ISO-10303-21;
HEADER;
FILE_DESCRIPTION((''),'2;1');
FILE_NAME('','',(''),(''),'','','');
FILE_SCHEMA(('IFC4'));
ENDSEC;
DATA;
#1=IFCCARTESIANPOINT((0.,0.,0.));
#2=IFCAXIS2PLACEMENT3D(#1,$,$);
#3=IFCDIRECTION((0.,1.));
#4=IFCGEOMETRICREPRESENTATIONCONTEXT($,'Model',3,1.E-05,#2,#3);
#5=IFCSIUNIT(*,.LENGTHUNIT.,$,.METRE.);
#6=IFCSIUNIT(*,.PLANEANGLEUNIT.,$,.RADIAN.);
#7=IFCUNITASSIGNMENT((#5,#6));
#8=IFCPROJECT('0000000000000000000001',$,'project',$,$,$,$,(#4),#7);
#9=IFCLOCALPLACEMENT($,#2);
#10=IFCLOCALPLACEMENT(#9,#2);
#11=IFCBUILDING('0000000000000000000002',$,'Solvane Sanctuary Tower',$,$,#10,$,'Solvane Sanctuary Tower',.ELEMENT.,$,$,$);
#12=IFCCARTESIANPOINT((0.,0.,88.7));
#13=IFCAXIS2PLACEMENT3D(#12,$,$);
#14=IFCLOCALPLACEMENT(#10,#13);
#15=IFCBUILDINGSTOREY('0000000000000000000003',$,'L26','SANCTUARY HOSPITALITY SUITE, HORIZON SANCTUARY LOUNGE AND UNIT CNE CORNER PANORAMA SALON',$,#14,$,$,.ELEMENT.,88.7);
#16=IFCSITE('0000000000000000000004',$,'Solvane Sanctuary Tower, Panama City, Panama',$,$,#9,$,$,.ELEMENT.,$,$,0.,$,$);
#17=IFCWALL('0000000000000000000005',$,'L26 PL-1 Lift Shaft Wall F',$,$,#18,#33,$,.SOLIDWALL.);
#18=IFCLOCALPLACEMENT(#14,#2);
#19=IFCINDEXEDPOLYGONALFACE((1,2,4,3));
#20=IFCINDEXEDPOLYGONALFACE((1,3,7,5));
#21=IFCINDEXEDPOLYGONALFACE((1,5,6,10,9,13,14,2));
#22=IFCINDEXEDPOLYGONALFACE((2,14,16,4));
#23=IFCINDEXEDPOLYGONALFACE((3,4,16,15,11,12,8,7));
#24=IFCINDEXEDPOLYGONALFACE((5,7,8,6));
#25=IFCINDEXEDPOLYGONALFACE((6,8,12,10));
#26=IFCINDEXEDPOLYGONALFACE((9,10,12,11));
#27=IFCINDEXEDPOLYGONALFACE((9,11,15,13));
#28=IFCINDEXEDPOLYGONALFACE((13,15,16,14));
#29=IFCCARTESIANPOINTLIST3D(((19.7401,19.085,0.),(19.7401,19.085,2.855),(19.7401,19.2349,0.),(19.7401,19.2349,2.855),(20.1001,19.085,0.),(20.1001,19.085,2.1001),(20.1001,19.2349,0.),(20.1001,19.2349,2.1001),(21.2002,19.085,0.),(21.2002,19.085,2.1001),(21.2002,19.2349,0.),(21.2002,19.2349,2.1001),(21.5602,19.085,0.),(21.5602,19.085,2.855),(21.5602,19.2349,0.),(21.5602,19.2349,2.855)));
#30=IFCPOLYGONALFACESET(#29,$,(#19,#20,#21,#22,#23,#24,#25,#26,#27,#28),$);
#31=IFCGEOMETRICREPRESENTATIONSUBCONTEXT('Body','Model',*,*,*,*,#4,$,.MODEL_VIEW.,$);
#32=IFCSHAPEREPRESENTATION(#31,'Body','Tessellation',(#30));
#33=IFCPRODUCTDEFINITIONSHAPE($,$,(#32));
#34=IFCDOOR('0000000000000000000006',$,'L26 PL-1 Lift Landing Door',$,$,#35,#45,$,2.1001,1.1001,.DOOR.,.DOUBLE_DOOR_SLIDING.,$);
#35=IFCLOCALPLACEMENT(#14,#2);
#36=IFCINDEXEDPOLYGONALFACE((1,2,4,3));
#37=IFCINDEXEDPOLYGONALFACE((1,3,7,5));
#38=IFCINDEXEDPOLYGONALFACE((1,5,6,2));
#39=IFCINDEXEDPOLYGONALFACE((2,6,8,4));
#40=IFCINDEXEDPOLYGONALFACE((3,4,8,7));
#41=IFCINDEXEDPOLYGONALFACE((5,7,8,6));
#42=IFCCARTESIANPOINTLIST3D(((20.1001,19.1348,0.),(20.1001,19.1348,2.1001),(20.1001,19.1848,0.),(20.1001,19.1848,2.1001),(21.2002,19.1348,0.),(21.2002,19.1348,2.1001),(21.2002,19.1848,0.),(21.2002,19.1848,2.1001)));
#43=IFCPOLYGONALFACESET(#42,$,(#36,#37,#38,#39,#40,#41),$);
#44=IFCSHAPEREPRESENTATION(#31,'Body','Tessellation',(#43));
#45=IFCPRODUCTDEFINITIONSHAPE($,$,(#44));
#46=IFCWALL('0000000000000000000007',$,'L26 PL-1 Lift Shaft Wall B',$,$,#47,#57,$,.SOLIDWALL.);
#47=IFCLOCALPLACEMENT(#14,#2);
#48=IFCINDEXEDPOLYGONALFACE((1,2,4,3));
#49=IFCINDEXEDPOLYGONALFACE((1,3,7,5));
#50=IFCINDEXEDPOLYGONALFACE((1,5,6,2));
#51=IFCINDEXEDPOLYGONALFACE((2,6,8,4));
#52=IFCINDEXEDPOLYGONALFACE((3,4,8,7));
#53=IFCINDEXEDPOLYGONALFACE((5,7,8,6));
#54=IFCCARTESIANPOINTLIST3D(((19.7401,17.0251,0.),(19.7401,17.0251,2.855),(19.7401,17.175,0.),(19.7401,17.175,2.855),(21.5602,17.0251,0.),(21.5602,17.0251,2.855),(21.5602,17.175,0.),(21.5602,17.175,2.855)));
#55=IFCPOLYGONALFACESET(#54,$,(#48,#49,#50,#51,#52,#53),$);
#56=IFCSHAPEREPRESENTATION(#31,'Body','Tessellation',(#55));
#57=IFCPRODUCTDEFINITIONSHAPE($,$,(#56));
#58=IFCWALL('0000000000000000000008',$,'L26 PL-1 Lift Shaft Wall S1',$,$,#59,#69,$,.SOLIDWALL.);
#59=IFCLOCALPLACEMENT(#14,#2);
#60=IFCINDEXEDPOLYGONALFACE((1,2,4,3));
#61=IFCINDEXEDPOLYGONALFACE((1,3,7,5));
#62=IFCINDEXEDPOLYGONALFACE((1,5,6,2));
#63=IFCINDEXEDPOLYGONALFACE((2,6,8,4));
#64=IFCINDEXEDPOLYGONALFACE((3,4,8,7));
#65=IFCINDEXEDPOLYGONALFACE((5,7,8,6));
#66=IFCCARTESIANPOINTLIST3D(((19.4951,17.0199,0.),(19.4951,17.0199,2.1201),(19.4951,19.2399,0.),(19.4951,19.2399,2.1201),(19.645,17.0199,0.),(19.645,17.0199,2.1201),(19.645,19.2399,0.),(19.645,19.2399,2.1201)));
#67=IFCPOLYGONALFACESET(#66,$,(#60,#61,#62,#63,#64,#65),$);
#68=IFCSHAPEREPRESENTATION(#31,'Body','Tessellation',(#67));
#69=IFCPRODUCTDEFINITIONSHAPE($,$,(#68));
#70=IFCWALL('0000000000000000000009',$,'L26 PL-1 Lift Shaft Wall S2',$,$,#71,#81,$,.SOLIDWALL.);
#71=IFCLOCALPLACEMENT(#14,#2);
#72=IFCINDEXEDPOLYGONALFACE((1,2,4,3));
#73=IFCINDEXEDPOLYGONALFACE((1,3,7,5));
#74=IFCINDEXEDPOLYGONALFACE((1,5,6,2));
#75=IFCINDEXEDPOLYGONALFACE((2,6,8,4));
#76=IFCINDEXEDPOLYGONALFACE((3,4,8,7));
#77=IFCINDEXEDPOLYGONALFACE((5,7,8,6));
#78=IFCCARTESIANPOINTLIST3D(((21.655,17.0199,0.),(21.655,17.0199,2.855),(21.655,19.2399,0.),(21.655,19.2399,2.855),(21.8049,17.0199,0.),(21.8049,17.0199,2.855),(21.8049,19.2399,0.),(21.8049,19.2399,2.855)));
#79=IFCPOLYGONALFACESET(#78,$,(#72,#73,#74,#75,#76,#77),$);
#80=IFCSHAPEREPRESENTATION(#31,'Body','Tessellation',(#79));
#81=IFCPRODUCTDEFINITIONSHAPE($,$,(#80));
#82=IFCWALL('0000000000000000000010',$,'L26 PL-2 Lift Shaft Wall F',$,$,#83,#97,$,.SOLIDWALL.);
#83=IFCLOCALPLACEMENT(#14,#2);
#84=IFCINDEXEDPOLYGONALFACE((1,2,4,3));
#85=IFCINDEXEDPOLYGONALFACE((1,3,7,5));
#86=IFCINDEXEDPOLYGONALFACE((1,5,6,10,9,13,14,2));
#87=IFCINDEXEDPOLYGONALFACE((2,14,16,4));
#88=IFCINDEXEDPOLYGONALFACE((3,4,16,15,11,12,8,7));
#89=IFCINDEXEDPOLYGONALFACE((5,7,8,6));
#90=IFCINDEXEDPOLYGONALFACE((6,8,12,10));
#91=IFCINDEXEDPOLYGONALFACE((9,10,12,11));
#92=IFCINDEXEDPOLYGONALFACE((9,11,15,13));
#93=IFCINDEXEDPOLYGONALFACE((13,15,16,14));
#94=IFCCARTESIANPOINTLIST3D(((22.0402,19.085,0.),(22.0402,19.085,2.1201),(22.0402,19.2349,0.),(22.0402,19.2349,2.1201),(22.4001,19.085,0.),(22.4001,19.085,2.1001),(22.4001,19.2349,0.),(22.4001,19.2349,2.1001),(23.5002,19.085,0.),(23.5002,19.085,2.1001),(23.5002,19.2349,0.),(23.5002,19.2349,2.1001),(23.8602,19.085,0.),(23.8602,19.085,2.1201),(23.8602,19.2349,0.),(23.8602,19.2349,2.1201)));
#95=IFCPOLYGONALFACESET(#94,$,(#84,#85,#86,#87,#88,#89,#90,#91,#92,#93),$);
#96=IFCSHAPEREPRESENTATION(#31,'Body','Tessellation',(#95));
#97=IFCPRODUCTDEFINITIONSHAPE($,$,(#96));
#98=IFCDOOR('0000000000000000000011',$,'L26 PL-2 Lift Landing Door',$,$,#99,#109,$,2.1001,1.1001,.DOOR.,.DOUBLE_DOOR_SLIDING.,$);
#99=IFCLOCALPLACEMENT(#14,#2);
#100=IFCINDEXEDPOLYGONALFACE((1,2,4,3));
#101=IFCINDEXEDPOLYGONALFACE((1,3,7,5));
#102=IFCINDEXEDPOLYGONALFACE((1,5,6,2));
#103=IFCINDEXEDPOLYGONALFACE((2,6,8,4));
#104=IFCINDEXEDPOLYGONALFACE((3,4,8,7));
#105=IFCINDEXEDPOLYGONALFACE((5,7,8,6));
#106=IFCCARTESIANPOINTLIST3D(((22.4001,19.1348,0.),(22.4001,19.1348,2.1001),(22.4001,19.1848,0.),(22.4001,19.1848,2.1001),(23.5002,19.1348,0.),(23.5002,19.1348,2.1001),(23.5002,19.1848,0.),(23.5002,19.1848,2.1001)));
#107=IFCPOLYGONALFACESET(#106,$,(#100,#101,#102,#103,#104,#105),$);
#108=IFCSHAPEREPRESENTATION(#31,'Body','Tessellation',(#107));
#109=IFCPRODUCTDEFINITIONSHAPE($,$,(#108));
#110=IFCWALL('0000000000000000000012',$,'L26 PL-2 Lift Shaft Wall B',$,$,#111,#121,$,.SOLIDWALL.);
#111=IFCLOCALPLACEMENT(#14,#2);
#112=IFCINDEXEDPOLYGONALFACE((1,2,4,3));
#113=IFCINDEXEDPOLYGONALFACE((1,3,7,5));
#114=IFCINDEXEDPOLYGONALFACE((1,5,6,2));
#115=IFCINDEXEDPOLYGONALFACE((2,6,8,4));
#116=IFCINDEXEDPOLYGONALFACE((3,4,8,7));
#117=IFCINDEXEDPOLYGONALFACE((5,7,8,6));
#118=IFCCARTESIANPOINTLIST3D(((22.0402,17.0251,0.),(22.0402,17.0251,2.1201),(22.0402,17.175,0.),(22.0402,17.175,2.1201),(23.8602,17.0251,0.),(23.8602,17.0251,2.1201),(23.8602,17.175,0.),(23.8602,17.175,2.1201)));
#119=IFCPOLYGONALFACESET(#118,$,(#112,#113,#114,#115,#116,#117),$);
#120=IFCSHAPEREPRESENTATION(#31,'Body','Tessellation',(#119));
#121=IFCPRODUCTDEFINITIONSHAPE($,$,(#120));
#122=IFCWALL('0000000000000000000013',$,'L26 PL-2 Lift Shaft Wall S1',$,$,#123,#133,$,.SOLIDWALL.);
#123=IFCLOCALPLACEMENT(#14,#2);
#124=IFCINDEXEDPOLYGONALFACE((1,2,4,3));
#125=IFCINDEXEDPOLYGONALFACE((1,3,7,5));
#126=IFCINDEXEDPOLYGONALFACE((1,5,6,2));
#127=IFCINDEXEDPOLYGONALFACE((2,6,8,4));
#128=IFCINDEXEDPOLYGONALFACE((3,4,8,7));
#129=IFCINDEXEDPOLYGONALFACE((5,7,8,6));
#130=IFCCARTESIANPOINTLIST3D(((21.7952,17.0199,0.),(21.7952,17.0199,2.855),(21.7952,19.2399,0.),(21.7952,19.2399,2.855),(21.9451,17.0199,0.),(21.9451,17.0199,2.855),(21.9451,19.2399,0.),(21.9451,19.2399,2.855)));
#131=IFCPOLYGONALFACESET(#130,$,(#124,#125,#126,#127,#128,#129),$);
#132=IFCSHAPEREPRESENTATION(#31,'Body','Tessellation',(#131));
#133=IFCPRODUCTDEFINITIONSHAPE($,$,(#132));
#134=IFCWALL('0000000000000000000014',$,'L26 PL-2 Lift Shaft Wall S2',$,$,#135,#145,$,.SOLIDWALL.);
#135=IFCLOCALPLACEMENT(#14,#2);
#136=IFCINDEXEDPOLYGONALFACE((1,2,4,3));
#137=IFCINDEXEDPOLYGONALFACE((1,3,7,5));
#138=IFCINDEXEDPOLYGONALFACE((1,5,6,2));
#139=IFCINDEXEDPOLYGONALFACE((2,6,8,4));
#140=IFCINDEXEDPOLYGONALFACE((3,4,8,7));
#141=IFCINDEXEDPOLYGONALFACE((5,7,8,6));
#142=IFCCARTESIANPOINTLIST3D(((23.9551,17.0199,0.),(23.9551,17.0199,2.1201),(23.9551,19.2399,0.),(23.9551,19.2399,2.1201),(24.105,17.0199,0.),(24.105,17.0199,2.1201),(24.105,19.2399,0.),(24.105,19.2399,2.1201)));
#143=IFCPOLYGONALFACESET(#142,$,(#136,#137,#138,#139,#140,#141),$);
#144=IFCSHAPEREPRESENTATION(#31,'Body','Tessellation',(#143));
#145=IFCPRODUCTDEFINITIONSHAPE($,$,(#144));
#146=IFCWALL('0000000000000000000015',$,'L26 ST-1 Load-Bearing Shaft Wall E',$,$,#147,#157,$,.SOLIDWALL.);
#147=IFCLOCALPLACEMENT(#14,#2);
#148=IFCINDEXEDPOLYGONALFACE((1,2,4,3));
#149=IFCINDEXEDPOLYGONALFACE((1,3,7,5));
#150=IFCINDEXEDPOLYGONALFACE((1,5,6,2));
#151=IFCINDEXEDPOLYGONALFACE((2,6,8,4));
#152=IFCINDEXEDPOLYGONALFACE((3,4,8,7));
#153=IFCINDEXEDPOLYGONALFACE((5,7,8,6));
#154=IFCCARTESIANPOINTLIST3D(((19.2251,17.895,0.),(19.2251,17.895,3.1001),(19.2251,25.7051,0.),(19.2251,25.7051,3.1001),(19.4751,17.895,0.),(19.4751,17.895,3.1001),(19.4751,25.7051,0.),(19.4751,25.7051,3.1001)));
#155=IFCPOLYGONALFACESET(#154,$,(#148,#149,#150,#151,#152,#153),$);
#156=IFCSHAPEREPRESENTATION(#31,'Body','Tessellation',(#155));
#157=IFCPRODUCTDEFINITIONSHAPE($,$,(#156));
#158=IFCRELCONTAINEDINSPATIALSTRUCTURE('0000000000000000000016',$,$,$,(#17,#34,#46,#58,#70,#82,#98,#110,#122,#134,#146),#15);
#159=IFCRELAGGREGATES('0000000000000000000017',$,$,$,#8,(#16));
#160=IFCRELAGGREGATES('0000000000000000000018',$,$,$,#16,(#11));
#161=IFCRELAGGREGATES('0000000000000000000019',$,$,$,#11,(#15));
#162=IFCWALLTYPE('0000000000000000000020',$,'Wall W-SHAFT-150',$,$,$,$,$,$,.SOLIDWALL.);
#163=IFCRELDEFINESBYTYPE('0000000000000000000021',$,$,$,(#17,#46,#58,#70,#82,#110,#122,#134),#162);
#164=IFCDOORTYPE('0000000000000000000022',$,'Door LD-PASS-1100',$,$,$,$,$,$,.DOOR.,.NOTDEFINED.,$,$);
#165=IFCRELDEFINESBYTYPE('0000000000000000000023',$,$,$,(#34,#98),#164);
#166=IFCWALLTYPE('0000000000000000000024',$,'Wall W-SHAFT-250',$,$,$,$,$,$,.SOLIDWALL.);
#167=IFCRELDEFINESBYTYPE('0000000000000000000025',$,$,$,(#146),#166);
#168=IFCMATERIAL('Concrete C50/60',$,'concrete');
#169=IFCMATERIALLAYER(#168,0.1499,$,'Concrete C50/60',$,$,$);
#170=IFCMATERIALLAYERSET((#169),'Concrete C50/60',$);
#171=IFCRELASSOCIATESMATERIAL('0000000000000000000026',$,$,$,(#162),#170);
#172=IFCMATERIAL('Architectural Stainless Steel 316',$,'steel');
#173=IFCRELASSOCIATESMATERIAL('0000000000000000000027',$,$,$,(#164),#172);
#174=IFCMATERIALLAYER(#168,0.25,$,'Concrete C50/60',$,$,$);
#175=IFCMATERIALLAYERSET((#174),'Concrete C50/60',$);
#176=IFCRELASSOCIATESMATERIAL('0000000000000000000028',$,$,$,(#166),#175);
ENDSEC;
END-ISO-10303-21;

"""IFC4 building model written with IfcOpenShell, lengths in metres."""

from ifc_helpers import new_model, si_unit, direction, frame, frame_2d, origin, place, context, subcontext, project, spatial, rectangle, extrude, material, layer, layer_set, type_object, element, fill, save


model = new_model("IFC4")

# Units and contexts
model_context = context("Model", 3, precision=1e-05, world=origin(), true_north=direction((0.0, 1.0)))
body_context = subcontext(model_context, "Body", "Model", "MODEL_VIEW")
ifc_project = project(units=[si_unit("LENGTHUNIT", "METRE"), si_unit("PLANEANGLEUNIT", "RADIAN")], contexts=[model_context])

# Site, building, storey
site_placement = place(None, origin())
site = spatial("IfcSite", under=ifc_project, at=site_placement, Name="Solvane Sanctuary Tower, Panama City, Panama", CompositionType="ELEMENT", RefElevation=0.0)
building_placement = place(site_placement, origin())
building = spatial("IfcBuilding", under=site, at=building_placement, Name="Solvane Sanctuary Tower", LongName="Solvane Sanctuary Tower", CompositionType="ELEMENT")
storey_placement = place(building_placement, frame((0.0, 0.0, 88.7)))
storey = spatial("IfcBuildingStorey", under=building, at=storey_placement, Name="L26", Description="SANCTUARY HOSPITALITY SUITE, HORIZON SANCTUARY LOUNGE AND UNIT CNE CORNER PANORAMA SALON", CompositionType="ELEMENT", Elevation=88.7)

# Wall, opening, door
ifc_material_1 = material(Name="Concrete C50/60", Category="concrete")
ifc_layer_1 = layer(ifc_material_1, 0.1499, Name="Concrete C50/60")
ifc_layer_set_1 = layer_set([ifc_layer_1], Name="Concrete C50/60")
wall_type_1 = type_object("IfcWallType", Name="Wall W-SHAFT-150", PredefinedType="SOLIDWALL", material=ifc_layer_set_1)
wall_1_placement = place(storey_placement, frame((19.74, 19.1599, 0.0), z_axis=(0.0, 0.0, 1.0), x_axis=(1.0, 0.0, 0.0)))
wall_1 = element("IfcWall", 1, at=wall_1_placement, inside=storey, type_object=wall_type_1, Name="L26 PL-1 Lift Shaft Wall F", PredefinedType="SOLIDWALL", context=body_context, shape_type="SweptSolid", body=[
    extrude(rectangle(XDim=1.8201, YDim=0.1499, at=frame_2d((0.9102, 0.0))), origin(), (0.0, 0.0, 1.0), 2.855),
])
opening_1_placement = place(wall_1_placement, frame((0.3601, 0.0, 0.0)))
opening_1 = element("IfcOpeningElement", 2, at=opening_1_placement, cuts=wall_1, PredefinedType="OPENING", context=body_context, shape_type="SweptSolid", body=[
    extrude(rectangle(XDim=1.1001, YDim=2.1001, at=frame_2d((0.55, 1.05))), frame((0.0, 0.085, 0.0), z_axis=(0.0, -1.0, 0.0), x_axis=(1.0, 0.0, 0.0)), (0.0, 0.0, 1.0), 0.1699),
])
ifc_material_2 = material(Name="Architectural Stainless Steel 316", Category="steel")
door_type = type_object("IfcDoorType", Name="Door LD-PASS-1100", OperationType="NOTDEFINED", PredefinedType="DOOR", material=ifc_material_2)
door_1_placement = place(opening_1_placement, origin())
door_1 = element("IfcDoor", 3, at=door_1_placement, inside=storey, type_object=door_type, Name="L26 PL-1 Lift Landing Door", OperationType="DOUBLE_DOOR_SLIDING", OverallHeight=2.1001, OverallWidth=1.1001, PredefinedType="DOOR", context=body_context, shape_type="SweptSolid", body=[
    extrude(rectangle(XDim=1.1001, YDim=2.1001, at=frame_2d((0.55, 1.05))), frame((0.0, 0.0249, 0.0), z_axis=(0.0, -1.0, 0.0), x_axis=(1.0, 0.0, 0.0)), (0.0, 0.0, 1.0), 0.05),
])
fill(opening_1, door_1)

# Walls
wall_2_placement = place(storey_placement, frame((19.74, 17.1001, 0.0), z_axis=(0.0, 0.0, 1.0), x_axis=(1.0, 0.0, 0.0)))
element("IfcWall", 4, at=wall_2_placement, inside=storey, type_object=wall_type_1, Name="L26 PL-1 Lift Shaft Wall B", PredefinedType="SOLIDWALL", context=body_context, shape_type="SweptSolid", body=[
    extrude(rectangle(XDim=1.8201, YDim=0.1499, at=frame_2d((0.9102, 0.0))), origin(), (0.0, 0.0, 1.0), 2.855),
])
wall_3_placement = place(storey_placement, frame((19.5701, 17.02, 0.0), z_axis=(0.0, 0.0, 1.0), x_axis=(0.0, 1.0, 0.0)))
element("IfcWall", 5, at=wall_3_placement, inside=storey, type_object=wall_type_1, Name="L26 PL-1 Lift Shaft Wall S1", PredefinedType="SOLIDWALL", context=body_context, shape_type="SweptSolid", body=[
    extrude(rectangle(XDim=2.22, YDim=0.1499, at=frame_2d((1.1099, 0.0))), origin(), (0.0, 0.0, 1.0), 2.1201),
])
wall_4_placement = place(storey_placement, frame((21.73, 17.02, 0.0), z_axis=(0.0, 0.0, 1.0), x_axis=(0.0, 1.0, 0.0)))
element("IfcWall", 6, at=wall_4_placement, inside=storey, type_object=wall_type_1, Name="L26 PL-1 Lift Shaft Wall S2", PredefinedType="SOLIDWALL", context=body_context, shape_type="SweptSolid", body=[
    extrude(rectangle(XDim=2.22, YDim=0.1499, at=frame_2d((1.1099, 0.0))), origin(), (0.0, 0.0, 1.0), 2.855),
])

# Wall, opening, door
wall_5_placement = place(storey_placement, frame((22.04, 19.1599, 0.0), z_axis=(0.0, 0.0, 1.0), x_axis=(1.0, 0.0, 0.0)))
wall_5 = element("IfcWall", 7, at=wall_5_placement, inside=storey, type_object=wall_type_1, Name="L26 PL-2 Lift Shaft Wall F", PredefinedType="SOLIDWALL", context=body_context, shape_type="SweptSolid", body=[
    extrude(rectangle(XDim=1.8201, YDim=0.1499, at=frame_2d((0.9102, 0.0))), origin(), (0.0, 0.0, 1.0), 2.1201),
])
opening_2_placement = place(wall_5_placement, frame((0.3601, 0.0, 0.0)))
opening_2 = element("IfcOpeningElement", 8, at=opening_2_placement, cuts=wall_5, PredefinedType="OPENING", context=body_context, shape_type="SweptSolid", body=[
    extrude(rectangle(XDim=1.1001, YDim=2.1001, at=frame_2d((0.55, 1.05))), frame((0.0, 0.085, 0.0), z_axis=(0.0, -1.0, 0.0), x_axis=(1.0, 0.0, 0.0)), (0.0, 0.0, 1.0), 0.1699),
])
door_2_placement = place(opening_2_placement, origin())
door_2 = element("IfcDoor", 9, at=door_2_placement, inside=storey, type_object=door_type, Name="L26 PL-2 Lift Landing Door", OperationType="DOUBLE_DOOR_SLIDING", OverallHeight=2.1001, OverallWidth=1.1001, PredefinedType="DOOR", context=body_context, shape_type="SweptSolid", body=[
    extrude(rectangle(XDim=1.1001, YDim=2.1001, at=frame_2d((0.55, 1.05))), frame((0.0, 0.0249, 0.0), z_axis=(0.0, -1.0, 0.0), x_axis=(1.0, 0.0, 0.0)), (0.0, 0.0, 1.0), 0.05),
])
fill(opening_2, door_2)

# Walls
wall_6_placement = place(storey_placement, frame((22.04, 17.1001, 0.0), z_axis=(0.0, 0.0, 1.0), x_axis=(1.0, 0.0, 0.0)))
element("IfcWall", 10, at=wall_6_placement, inside=storey, type_object=wall_type_1, Name="L26 PL-2 Lift Shaft Wall B", PredefinedType="SOLIDWALL", context=body_context, shape_type="SweptSolid", body=[
    extrude(rectangle(XDim=1.8201, YDim=0.1499, at=frame_2d((0.9102, 0.0))), origin(), (0.0, 0.0, 1.0), 2.1201),
])
wall_7_placement = place(storey_placement, frame((21.8701, 17.02, 0.0), z_axis=(0.0, 0.0, 1.0), x_axis=(0.0, 1.0, 0.0)))
element("IfcWall", 11, at=wall_7_placement, inside=storey, type_object=wall_type_1, Name="L26 PL-2 Lift Shaft Wall S1", PredefinedType="SOLIDWALL", context=body_context, shape_type="SweptSolid", body=[
    extrude(rectangle(XDim=2.22, YDim=0.1499, at=frame_2d((1.1099, 0.0))), origin(), (0.0, 0.0, 1.0), 2.855),
])
wall_8_placement = place(storey_placement, frame((24.03, 17.02, 0.0), z_axis=(0.0, 0.0, 1.0), x_axis=(0.0, 1.0, 0.0)))
element("IfcWall", 12, at=wall_8_placement, inside=storey, type_object=wall_type_1, Name="L26 PL-2 Lift Shaft Wall S2", PredefinedType="SOLIDWALL", context=body_context, shape_type="SweptSolid", body=[
    extrude(rectangle(XDim=2.22, YDim=0.1499, at=frame_2d((1.1099, 0.0))), origin(), (0.0, 0.0, 1.0), 2.1201),
])
ifc_layer_2 = layer(ifc_material_1, 0.25, Name="Concrete C50/60")
ifc_layer_set_2 = layer_set([ifc_layer_2], Name="Concrete C50/60")
wall_type_2 = type_object("IfcWallType", Name="Wall W-SHAFT-250", PredefinedType="SOLIDWALL", material=ifc_layer_set_2)
wall_9_placement = place(storey_placement, frame((19.3501, 17.895, 0.0), z_axis=(0.0, 0.0, 1.0), x_axis=(0.0, 1.0, 0.0)))
element("IfcWall", 13, at=wall_9_placement, inside=storey, type_object=wall_type_2, Name="L26 ST-1 Load-Bearing Shaft Wall E", PredefinedType="SOLIDWALL", context=body_context, shape_type="SweptSolid", body=[
    extrude(rectangle(XDim=7.8101, YDim=0.25, at=frame_2d((3.905, 0.0))), origin(), (0.0, 0.0, 1.0), 3.1001),
])

save(model, "model.ifc")
